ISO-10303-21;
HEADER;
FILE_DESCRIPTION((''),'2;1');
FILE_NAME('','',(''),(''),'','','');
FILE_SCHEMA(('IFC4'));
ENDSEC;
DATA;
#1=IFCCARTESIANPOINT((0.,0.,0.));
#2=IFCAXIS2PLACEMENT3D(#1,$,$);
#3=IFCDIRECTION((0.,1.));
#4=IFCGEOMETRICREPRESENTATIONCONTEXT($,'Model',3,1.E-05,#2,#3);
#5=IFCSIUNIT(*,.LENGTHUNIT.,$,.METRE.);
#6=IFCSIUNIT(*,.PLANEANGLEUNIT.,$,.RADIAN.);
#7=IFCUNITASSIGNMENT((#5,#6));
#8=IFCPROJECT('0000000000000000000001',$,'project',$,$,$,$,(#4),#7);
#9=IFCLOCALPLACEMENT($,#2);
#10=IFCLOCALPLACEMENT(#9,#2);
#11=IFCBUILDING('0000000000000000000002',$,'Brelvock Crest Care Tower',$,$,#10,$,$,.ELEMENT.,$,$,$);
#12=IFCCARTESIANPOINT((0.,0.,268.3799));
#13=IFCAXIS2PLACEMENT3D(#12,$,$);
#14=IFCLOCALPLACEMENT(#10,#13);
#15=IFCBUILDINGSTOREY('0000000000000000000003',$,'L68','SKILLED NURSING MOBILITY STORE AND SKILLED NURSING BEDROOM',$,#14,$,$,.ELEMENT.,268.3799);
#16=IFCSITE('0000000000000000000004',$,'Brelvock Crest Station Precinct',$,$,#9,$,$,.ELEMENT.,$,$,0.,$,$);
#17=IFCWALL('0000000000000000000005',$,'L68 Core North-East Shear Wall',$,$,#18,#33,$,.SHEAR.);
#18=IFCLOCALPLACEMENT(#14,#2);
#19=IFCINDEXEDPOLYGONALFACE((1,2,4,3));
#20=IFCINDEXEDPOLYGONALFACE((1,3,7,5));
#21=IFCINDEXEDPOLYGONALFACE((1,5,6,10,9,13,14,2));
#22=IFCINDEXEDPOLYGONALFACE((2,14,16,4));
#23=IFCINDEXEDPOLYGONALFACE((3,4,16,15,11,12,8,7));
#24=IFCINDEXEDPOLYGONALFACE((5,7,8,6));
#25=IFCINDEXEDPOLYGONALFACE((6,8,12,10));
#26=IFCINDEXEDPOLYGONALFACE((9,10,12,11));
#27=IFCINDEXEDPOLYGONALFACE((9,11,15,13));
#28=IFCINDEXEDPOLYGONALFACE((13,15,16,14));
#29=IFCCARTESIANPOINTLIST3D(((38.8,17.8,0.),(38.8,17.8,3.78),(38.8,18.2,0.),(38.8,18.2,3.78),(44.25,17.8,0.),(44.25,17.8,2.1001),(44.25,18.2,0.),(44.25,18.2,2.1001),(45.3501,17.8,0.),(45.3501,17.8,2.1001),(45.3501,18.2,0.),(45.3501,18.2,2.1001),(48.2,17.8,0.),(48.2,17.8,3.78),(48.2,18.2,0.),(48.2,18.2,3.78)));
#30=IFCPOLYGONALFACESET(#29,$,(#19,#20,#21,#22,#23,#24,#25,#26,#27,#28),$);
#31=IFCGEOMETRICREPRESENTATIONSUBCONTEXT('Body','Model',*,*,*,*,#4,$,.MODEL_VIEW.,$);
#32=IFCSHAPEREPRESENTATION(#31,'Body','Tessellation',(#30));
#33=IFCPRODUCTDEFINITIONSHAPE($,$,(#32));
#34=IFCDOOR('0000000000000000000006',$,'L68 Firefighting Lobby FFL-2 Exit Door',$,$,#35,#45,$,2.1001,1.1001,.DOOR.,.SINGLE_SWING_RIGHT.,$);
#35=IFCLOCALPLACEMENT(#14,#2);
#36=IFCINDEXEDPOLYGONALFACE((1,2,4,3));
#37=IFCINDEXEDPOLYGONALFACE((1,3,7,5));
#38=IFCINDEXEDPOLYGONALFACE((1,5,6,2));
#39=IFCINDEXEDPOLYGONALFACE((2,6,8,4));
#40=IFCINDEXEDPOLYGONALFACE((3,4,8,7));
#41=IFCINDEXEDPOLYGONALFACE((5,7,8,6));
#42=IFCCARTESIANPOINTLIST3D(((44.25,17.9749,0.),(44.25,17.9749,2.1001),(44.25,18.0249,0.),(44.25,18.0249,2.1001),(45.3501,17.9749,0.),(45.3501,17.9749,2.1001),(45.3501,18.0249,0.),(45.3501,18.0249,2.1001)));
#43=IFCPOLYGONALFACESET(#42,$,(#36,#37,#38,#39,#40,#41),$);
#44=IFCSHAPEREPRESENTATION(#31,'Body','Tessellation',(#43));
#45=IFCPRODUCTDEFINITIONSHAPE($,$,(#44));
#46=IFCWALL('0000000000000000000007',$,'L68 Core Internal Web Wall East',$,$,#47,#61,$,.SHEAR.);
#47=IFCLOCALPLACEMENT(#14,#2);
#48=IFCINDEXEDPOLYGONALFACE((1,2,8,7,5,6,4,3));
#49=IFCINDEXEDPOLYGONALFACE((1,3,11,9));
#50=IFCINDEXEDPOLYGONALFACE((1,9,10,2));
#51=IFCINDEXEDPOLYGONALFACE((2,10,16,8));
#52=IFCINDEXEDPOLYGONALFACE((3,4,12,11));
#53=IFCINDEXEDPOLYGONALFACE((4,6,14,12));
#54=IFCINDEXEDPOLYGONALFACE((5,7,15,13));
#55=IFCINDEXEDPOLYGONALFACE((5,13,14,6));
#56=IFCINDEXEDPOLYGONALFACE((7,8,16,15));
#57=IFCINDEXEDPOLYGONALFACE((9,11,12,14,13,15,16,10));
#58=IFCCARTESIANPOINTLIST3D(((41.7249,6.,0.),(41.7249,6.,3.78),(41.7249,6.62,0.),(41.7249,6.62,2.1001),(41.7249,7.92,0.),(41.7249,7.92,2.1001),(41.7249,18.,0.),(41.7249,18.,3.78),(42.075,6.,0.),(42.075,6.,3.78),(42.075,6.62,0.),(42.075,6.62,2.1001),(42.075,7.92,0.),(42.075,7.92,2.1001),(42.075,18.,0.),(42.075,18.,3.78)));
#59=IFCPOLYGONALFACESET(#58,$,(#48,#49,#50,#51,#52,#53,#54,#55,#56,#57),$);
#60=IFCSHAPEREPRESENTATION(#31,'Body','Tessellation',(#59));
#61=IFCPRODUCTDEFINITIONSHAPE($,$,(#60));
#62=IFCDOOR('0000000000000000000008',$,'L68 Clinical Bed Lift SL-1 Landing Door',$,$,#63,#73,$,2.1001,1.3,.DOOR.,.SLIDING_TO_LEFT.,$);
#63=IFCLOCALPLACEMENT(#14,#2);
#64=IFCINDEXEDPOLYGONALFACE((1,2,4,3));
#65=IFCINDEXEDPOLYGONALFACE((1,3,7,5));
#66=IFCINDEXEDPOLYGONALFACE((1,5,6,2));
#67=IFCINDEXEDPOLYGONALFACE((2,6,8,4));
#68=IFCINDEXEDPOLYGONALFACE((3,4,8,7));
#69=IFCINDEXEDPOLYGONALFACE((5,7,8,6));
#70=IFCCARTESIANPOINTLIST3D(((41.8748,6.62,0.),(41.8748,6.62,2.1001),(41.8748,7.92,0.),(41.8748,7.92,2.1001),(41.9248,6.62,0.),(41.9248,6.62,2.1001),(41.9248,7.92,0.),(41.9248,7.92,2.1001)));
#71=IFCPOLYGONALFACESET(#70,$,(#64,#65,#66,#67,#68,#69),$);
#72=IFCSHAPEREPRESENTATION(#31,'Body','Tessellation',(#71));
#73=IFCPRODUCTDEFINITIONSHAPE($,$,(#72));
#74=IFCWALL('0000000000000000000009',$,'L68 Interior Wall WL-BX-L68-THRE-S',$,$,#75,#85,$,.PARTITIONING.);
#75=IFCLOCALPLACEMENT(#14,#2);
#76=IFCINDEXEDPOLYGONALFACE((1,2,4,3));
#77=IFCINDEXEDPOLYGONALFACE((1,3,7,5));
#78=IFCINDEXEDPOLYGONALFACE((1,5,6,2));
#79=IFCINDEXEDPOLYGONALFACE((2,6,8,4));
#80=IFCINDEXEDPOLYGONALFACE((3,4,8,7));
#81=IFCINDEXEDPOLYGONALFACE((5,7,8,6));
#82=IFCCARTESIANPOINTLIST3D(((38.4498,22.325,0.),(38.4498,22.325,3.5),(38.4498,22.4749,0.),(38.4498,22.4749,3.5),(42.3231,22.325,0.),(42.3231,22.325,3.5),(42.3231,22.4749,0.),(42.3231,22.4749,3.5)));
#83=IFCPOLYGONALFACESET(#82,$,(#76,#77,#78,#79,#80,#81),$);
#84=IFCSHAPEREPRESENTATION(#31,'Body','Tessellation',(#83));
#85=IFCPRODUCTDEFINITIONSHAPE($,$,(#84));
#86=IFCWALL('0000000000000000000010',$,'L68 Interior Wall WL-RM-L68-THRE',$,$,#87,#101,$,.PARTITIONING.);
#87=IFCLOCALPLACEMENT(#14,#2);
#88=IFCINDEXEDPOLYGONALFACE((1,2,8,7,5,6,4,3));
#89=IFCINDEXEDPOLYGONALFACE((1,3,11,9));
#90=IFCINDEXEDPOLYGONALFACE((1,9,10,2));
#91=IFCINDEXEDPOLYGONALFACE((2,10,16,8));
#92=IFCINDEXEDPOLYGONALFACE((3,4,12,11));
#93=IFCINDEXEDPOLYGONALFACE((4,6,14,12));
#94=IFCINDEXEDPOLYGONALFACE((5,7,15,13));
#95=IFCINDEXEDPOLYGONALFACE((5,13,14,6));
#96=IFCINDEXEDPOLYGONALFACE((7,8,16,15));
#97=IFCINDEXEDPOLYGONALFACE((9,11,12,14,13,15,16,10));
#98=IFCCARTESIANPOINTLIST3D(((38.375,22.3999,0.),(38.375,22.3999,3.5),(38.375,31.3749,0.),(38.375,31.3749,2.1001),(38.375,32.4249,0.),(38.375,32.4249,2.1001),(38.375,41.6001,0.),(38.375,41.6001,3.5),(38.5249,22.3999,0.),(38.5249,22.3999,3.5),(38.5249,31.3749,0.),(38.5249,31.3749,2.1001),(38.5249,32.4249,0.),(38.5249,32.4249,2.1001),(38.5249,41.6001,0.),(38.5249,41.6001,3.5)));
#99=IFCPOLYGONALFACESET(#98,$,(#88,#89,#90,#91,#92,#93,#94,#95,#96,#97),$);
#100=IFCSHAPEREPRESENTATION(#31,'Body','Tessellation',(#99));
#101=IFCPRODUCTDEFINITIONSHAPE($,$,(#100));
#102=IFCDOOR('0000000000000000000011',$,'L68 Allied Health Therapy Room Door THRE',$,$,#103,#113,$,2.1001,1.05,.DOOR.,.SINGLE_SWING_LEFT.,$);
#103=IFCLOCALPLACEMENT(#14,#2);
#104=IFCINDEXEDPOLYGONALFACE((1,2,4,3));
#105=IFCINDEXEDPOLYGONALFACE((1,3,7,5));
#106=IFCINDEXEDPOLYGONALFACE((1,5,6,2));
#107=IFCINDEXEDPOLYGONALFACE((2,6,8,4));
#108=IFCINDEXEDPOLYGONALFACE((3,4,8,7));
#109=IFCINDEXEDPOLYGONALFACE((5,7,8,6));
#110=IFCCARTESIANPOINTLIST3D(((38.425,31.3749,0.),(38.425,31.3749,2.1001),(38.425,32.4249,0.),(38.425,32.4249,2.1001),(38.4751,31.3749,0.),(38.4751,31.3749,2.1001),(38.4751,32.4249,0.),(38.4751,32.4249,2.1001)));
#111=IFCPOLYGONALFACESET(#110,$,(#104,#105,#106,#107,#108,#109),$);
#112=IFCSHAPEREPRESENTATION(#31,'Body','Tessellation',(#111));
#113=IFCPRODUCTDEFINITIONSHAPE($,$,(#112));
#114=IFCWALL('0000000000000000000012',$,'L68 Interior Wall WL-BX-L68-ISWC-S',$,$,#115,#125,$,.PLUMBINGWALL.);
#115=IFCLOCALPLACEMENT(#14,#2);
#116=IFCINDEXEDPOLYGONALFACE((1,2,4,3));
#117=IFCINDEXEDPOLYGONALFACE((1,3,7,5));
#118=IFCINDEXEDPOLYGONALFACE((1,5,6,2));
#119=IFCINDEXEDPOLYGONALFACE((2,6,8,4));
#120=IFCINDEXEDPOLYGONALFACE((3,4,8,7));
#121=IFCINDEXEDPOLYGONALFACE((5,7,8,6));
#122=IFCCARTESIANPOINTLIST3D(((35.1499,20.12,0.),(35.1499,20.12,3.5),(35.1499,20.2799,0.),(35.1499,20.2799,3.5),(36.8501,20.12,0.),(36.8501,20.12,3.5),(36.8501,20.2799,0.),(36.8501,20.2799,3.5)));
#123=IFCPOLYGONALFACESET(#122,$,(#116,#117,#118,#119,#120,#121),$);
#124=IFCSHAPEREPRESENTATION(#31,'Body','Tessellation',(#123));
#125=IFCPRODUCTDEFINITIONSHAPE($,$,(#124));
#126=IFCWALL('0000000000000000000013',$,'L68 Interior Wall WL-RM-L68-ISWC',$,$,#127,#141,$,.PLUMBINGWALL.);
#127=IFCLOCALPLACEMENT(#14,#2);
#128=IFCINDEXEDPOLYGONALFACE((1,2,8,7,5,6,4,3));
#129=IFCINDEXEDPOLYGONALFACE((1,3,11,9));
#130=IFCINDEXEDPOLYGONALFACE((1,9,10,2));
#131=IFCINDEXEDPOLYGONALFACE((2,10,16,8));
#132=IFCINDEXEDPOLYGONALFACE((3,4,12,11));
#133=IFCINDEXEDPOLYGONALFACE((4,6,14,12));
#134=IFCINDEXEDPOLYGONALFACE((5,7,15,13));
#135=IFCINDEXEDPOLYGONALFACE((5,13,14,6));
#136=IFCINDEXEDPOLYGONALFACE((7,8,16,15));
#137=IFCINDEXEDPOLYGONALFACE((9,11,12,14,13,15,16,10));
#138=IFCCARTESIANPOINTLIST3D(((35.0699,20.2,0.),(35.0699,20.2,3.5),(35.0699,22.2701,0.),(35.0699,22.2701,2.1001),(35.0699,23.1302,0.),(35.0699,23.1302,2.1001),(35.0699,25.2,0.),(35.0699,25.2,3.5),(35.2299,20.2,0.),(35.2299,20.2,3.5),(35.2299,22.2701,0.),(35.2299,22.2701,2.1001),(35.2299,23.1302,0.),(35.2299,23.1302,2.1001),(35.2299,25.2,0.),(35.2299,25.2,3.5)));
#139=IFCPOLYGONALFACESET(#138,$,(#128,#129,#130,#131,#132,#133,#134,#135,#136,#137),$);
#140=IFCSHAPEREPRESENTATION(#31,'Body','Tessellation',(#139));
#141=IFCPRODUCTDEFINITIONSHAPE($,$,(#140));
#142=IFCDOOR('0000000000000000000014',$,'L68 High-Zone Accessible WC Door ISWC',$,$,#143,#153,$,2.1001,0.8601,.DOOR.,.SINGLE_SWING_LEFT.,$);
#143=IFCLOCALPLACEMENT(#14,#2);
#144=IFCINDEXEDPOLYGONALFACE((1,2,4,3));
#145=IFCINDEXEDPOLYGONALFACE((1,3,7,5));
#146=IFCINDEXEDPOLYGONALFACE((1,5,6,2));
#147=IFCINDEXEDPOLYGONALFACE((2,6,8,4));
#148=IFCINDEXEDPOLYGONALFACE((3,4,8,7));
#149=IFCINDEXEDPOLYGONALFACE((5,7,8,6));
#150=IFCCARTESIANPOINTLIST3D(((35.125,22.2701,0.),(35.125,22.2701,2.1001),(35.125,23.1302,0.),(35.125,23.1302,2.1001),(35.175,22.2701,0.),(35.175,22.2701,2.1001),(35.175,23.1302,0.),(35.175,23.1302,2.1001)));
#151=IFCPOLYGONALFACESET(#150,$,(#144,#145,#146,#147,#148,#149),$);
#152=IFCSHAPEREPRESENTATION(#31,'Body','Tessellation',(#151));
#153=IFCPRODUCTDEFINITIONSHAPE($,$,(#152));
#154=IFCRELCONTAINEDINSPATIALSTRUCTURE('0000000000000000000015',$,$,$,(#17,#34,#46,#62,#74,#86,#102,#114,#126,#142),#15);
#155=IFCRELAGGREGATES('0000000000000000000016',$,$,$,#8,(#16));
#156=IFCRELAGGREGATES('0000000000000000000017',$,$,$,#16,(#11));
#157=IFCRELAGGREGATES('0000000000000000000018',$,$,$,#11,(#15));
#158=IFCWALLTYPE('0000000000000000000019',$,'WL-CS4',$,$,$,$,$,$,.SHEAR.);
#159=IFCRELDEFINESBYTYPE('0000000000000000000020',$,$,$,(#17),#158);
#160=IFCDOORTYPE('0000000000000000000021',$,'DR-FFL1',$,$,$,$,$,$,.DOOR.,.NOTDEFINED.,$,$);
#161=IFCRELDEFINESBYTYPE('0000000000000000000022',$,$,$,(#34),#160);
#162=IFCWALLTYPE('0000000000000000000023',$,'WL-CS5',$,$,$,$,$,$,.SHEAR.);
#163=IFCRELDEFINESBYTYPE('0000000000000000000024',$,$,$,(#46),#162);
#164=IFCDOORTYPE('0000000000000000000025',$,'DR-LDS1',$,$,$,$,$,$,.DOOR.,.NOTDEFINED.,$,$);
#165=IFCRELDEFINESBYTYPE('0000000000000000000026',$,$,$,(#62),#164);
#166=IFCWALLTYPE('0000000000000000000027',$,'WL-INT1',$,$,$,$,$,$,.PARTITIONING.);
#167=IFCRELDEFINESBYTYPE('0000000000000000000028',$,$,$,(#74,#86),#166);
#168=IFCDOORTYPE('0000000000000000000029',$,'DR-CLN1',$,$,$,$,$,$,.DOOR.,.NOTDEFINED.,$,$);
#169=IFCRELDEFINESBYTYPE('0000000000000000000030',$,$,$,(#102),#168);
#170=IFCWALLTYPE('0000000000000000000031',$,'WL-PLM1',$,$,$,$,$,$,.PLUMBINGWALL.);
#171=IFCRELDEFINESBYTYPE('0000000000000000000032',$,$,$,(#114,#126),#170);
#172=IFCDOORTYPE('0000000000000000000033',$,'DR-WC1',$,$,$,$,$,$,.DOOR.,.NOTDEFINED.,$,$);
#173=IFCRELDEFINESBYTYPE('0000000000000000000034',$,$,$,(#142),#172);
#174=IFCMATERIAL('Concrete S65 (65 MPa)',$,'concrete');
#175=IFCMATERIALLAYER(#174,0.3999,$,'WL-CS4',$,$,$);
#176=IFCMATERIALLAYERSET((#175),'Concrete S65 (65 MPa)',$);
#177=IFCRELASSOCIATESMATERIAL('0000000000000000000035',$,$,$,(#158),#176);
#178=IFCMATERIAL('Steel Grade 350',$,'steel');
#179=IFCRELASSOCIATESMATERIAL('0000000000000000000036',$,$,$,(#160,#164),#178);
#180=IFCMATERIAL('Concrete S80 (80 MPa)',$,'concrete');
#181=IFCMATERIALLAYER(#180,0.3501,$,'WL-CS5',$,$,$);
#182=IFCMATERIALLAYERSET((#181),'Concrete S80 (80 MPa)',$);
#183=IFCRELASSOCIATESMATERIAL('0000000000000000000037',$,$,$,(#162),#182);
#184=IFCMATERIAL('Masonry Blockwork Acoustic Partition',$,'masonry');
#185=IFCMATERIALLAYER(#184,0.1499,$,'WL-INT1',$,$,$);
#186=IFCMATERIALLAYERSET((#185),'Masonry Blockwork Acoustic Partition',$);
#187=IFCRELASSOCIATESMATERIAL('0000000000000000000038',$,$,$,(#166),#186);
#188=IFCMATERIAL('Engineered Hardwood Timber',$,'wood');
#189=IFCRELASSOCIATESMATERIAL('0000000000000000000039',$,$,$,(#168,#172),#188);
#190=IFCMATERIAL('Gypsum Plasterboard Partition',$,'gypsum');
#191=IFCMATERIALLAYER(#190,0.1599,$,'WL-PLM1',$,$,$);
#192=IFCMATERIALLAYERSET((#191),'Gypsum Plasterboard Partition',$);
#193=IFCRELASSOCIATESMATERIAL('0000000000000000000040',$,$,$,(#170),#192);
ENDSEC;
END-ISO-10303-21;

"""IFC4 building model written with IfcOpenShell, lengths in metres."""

from ifc_helpers import new_model, si_unit, direction, frame, frame_2d, origin, origin_2d, place, context, subcontext, project, spatial, rectangle, extrude, source, transform, mapped, material, layer, layer_set, type_object, element, fill, save


model = new_model("IFC4")

# Units and contexts
model_context = context("Model", 3, precision=1e-05, world=origin(), true_north=direction((0.0, 1.0)))
body_context = subcontext(model_context, "Body", "Model", "MODEL_VIEW")
ifc_project = project(units=[si_unit("LENGTHUNIT", "METRE"), si_unit("PLANEANGLEUNIT", "RADIAN")], contexts=[model_context])

# Site, building, storey
site_placement = place(None, origin())
site = spatial("IfcSite", under=ifc_project, at=site_placement, Name="Brelvock Crest Station Precinct", CompositionType="ELEMENT", RefElevation=0.0)
building_placement = place(site_placement, origin())
building = spatial("IfcBuilding", under=site, at=building_placement, Name="Brelvock Crest Care Tower", CompositionType="ELEMENT")
storey_placement = place(building_placement, frame((0.0, 0.0, 268.3799)))
storey = spatial("IfcBuildingStorey", under=building, at=storey_placement, Name="L68", Description="SKILLED NURSING MOBILITY STORE AND SKILLED NURSING BEDROOM", CompositionType="ELEMENT", Elevation=268.3799)

# Shared definitions
ifc_material_1 = material(Name="Concrete S65 (65 MPa)", Category="concrete")

# Shared definitions
ifc_material_2 = material(Name="Steel Grade 350", Category="steel")

# Walls, openings, doors
ifc_layer_1 = layer(ifc_material_1, 0.3999, Name="WL-CS4")
ifc_layer_set_1 = layer_set([ifc_layer_1], Name="Concrete S65 (65 MPa)")
wall_type_1 = type_object("IfcWallType", Name="WL-CS4", PredefinedType="SHEAR", material=ifc_layer_set_1)
wall_1_placement = place(storey_placement, frame((38.8, 18.0, 0.0), z_axis=(0.0, 0.0, 1.0), x_axis=(1.0, 0.0, 0.0)))
wall_1 = element("IfcWall", 1, at=wall_1_placement, inside=storey, type_object=wall_type_1, Name="L68 Core North-East Shear Wall", PredefinedType="SHEAR", context=body_context, shape_type="SweptSolid", body=[
    extrude(rectangle(XDim=9.3999, YDim=0.3999, at=frame_2d((4.7, 0.0))), origin(), (0.0, 0.0, 1.0), 3.78),
])
opening_1_placement = place(wall_1_placement, frame((5.45, 0.0, 0.0)))
opening_1 = element("IfcOpeningElement", 2, at=opening_1_placement, cuts=wall_1, PredefinedType="OPENING", context=body_context, shape_type="SweptSolid", body=[
    extrude(rectangle(XDim=1.1001, YDim=2.1001, at=origin_2d()), frame((0.55, 0.21, 1.05), z_axis=(0.0, -1.0, 0.0), x_axis=(1.0, 0.0, 0.0)), (0.0, 0.0, 1.0), 0.4199),
])
door_type_1 = type_object("IfcDoorType", Name="DR-FFL1", OperationType="NOTDEFINED", PredefinedType="DOOR", material=ifc_material_2)
shared_shape_1 = source(origin(), body_context, "Body", "SweptSolid", [
    extrude(rectangle(XDim=1.1001, YDim=2.1001, at=origin_2d()), frame((0.55, 0.0249, 1.05), z_axis=(0.0, -1.0, 0.0), x_axis=(1.0, 0.0, 0.0)), (0.0, 0.0, 1.0), 0.05),
])
door_1_placement = place(opening_1_placement, origin())
door_1 = element("IfcDoor", 3, at=door_1_placement, inside=storey, type_object=door_type_1, Name="L68 Firefighting Lobby FFL-2 Exit Door", OperationType="SINGLE_SWING_RIGHT", OverallHeight=2.1001, OverallWidth=1.1001, PredefinedType="DOOR", context=body_context, shape_type="MappedRepresentation", body=[
    mapped(shared_shape_1, transform((0.0, 0.0, 0.0), x_axis=(1.0, 0.0, 0.0), y_axis=(0.0, 1.0, 0.0), z_axis=(0.0, 0.0, 1.0), scale=1.0)),
])
fill(opening_1, door_1)
ifc_material_3 = material(Name="Concrete S80 (80 MPa)", Category="concrete")
ifc_layer_2 = layer(ifc_material_3, 0.3501, Name="WL-CS5")
ifc_layer_set_2 = layer_set([ifc_layer_2], Name="Concrete S80 (80 MPa)")
wall_type_2 = type_object("IfcWallType", Name="WL-CS5", PredefinedType="SHEAR", material=ifc_layer_set_2)
wall_2_placement = place(storey_placement, frame((41.8999, 18.0, 0.0), z_axis=(0.0, 0.0, 1.0), x_axis=(0.0, -1.0, 0.0)))
wall_2 = element("IfcWall", 4, at=wall_2_placement, inside=storey, type_object=wall_type_2, Name="L68 Core Internal Web Wall East", PredefinedType="SHEAR", context=body_context, shape_type="SweptSolid", body=[
    extrude(rectangle(XDim=12.0, YDim=0.3501, at=frame_2d((6.0, 0.0))), origin(), (0.0, 0.0, 1.0), 3.78),
])
opening_2_placement = place(wall_2_placement, frame((10.0801, 0.0, 0.0)))
opening_2 = element("IfcOpeningElement", 5, at=opening_2_placement, cuts=wall_2, PredefinedType="OPENING", context=body_context, shape_type="SweptSolid", body=[
    extrude(rectangle(XDim=1.3, YDim=2.1001, at=origin_2d()), frame((0.6499, 0.1851, 1.05), z_axis=(0.0, -1.0, 0.0), x_axis=(1.0, 0.0, 0.0)), (0.0, 0.0, 1.0), 0.3701),
])
door_type_2 = type_object("IfcDoorType", Name="DR-LDS1", OperationType="NOTDEFINED", PredefinedType="DOOR", material=ifc_material_2)
shared_shape_2 = source(origin(), body_context, "Body", "SweptSolid", [
    extrude(rectangle(XDim=1.3, YDim=2.1001, at=origin_2d()), frame((0.6499, 0.0249, 1.05), z_axis=(0.0, -1.0, 0.0), x_axis=(1.0, 0.0, 0.0)), (0.0, 0.0, 1.0), 0.05),
])
door_2_placement = place(opening_2_placement, origin())
door_2 = element("IfcDoor", 6, at=door_2_placement, inside=storey, type_object=door_type_2, Name="L68 Clinical Bed Lift SL-1 Landing Door", OperationType="SLIDING_TO_LEFT", OverallHeight=2.1001, OverallWidth=1.3, PredefinedType="DOOR", context=body_context, shape_type="MappedRepresentation", body=[
    mapped(shared_shape_2, transform((0.0, 0.0, 0.0), x_axis=(1.0, 0.0, 0.0), y_axis=(0.0, 1.0, 0.0), z_axis=(0.0, 0.0, 1.0), scale=1.0)),
])
fill(opening_2, door_2)

# Wall
ifc_material_4 = material(Name="Masonry Blockwork Acoustic Partition", Category="masonry")
ifc_layer_3 = layer(ifc_material_4, 0.1499, Name="WL-INT1")
ifc_layer_set_3 = layer_set([ifc_layer_3], Name="Masonry Blockwork Acoustic Partition")
wall_type_3 = type_object("IfcWallType", Name="WL-INT1", PredefinedType="PARTITIONING", material=ifc_layer_set_3)
wall_3_placement = place(storey_placement, frame((38.45, 22.3999, 0.0), z_axis=(0.0, 0.0, 1.0), x_axis=(1.0, 0.0, 0.0)))
element("IfcWall", 7, at=wall_3_placement, inside=storey, type_object=wall_type_3, Name="L68 Interior Wall WL-BX-L68-THRE-S", PredefinedType="PARTITIONING", context=body_context, shape_type="SweptSolid", body=[
    extrude(rectangle(XDim=3.8733, YDim=0.1499, at=frame_2d((1.9365, 0.0))), origin(), (0.0, 0.0, 1.0), 3.5),
])

# Wall, opening, door
wall_4_placement = place(storey_placement, frame((38.45, 22.3999, 0.0), z_axis=(0.0, 0.0, 1.0), x_axis=(0.0, 1.0, 0.0)))
wall_4 = element("IfcWall", 8, at=wall_4_placement, inside=storey, type_object=wall_type_3, Name="L68 Interior Wall WL-RM-L68-THRE", PredefinedType="PARTITIONING", context=body_context, shape_type="SweptSolid", body=[
    extrude(rectangle(XDim=19.2002, YDim=0.1499, at=frame_2d((9.6001, 0.0))), origin(), (0.0, 0.0, 1.0), 3.5),
])
opening_3_placement = place(wall_4_placement, frame((8.9751, 0.0, 0.0)))
opening_3 = element("IfcOpeningElement", 9, at=opening_3_placement, cuts=wall_4, PredefinedType="OPENING", context=body_context, shape_type="SweptSolid", body=[
    extrude(rectangle(XDim=1.05, YDim=2.1001, at=origin_2d()), frame((0.5249, 0.085, 1.05), z_axis=(0.0, -1.0, 0.0), x_axis=(1.0, 0.0, 0.0)), (0.0, 0.0, 1.0), 0.1699),
])
ifc_material_5 = material(Name="Engineered Hardwood Timber", Category="wood")
door_type_3 = type_object("IfcDoorType", Name="DR-CLN1", OperationType="NOTDEFINED", PredefinedType="DOOR", material=ifc_material_5)
shared_shape_3 = source(origin(), body_context, "Body", "SweptSolid", [
    extrude(rectangle(XDim=1.05, YDim=2.1001, at=origin_2d()), frame((0.5249, 0.0249, 1.05), z_axis=(0.0, -1.0, 0.0), x_axis=(1.0, 0.0, 0.0)), (0.0, 0.0, 1.0), 0.05),
])
door_3_placement = place(opening_3_placement, origin())
door_3 = element("IfcDoor", 10, at=door_3_placement, inside=storey, type_object=door_type_3, Name="L68 Allied Health Therapy Room Door THRE", OperationType="SINGLE_SWING_LEFT", OverallHeight=2.1001, OverallWidth=1.05, PredefinedType="DOOR", context=body_context, shape_type="MappedRepresentation", body=[
    mapped(shared_shape_3, transform((0.0, 0.0, 0.0), x_axis=(1.0, 0.0, 0.0), y_axis=(0.0, 1.0, 0.0), z_axis=(0.0, 0.0, 1.0), scale=1.0)),
])
fill(opening_3, door_3)

# Wall
ifc_material_6 = material(Name="Gypsum Plasterboard Partition", Category="gypsum")
ifc_layer_4 = layer(ifc_material_6, 0.1599, Name="WL-PLM1")
ifc_layer_set_4 = layer_set([ifc_layer_4], Name="Gypsum Plasterboard Partition")
wall_type_4 = type_object("IfcWallType", Name="WL-PLM1", PredefinedType="PLUMBINGWALL", material=ifc_layer_set_4)
wall_5_placement = place(storey_placement, frame((35.1499, 20.2, 0.0), z_axis=(0.0, 0.0, 1.0), x_axis=(1.0, 0.0, 0.0)))
element("IfcWall", 11, at=wall_5_placement, inside=storey, type_object=wall_type_4, Name="L68 Interior Wall WL-BX-L68-ISWC-S", PredefinedType="PLUMBINGWALL", context=body_context, shape_type="SweptSolid", body=[
    extrude(rectangle(XDim=1.7002, YDim=0.1599, at=frame_2d((0.8501, 0.0))), origin(), (0.0, 0.0, 1.0), 3.5),
])

# Wall, opening, door
wall_6_placement = place(storey_placement, frame((35.1499, 20.2, 0.0), z_axis=(0.0, 0.0, 1.0), x_axis=(0.0, 1.0, 0.0)))
wall_6 = element("IfcWall", 12, at=wall_6_placement, inside=storey, type_object=wall_type_4, Name="L68 Interior Wall WL-RM-L68-ISWC", PredefinedType="PLUMBINGWALL", context=body_context, shape_type="SweptSolid", body=[
    extrude(rectangle(XDim=5.0, YDim=0.1599, at=frame_2d((2.5, 0.0))), origin(), (0.0, 0.0, 1.0), 3.5),
])
opening_4_placement = place(wall_6_placement, frame((2.0701, 0.0, 0.0)))
opening_4 = element("IfcOpeningElement", 13, at=opening_4_placement, cuts=wall_6, PredefinedType="OPENING", context=body_context, shape_type="SweptSolid", body=[
    extrude(rectangle(XDim=0.8601, YDim=2.1001, at=origin_2d()), frame((0.4302, 0.0898, 1.05), z_axis=(0.0, -1.0, 0.0), x_axis=(1.0, 0.0, 0.0)), (0.0, 0.0, 1.0), 0.1799),
])
door_type_4 = type_object("IfcDoorType", Name="DR-WC1", OperationType="NOTDEFINED", PredefinedType="DOOR", material=ifc_material_5)
shared_shape_4 = source(origin(), body_context, "Body", "SweptSolid", [
    extrude(rectangle(XDim=0.8601, YDim=2.1001, at=origin_2d()), frame((0.4302, 0.0249, 1.05), z_axis=(0.0, -1.0, 0.0), x_axis=(1.0, 0.0, 0.0)), (0.0, 0.0, 1.0), 0.05),
])
door_4_placement = place(opening_4_placement, origin())
door_4 = element("IfcDoor", 14, at=door_4_placement, inside=storey, type_object=door_type_4, Name="L68 High-Zone Accessible WC Door ISWC", OperationType="SINGLE_SWING_LEFT", OverallHeight=2.1001, OverallWidth=0.8601, PredefinedType="DOOR", context=body_context, shape_type="MappedRepresentation", body=[
    mapped(shared_shape_4, transform((0.0, 0.0, 0.0), x_axis=(1.0, 0.0, 0.0), y_axis=(0.0, 1.0, 0.0), z_axis=(0.0, 0.0, 1.0), scale=1.0)),
])
fill(opening_4, door_4)

save(model, "model.ifc")
